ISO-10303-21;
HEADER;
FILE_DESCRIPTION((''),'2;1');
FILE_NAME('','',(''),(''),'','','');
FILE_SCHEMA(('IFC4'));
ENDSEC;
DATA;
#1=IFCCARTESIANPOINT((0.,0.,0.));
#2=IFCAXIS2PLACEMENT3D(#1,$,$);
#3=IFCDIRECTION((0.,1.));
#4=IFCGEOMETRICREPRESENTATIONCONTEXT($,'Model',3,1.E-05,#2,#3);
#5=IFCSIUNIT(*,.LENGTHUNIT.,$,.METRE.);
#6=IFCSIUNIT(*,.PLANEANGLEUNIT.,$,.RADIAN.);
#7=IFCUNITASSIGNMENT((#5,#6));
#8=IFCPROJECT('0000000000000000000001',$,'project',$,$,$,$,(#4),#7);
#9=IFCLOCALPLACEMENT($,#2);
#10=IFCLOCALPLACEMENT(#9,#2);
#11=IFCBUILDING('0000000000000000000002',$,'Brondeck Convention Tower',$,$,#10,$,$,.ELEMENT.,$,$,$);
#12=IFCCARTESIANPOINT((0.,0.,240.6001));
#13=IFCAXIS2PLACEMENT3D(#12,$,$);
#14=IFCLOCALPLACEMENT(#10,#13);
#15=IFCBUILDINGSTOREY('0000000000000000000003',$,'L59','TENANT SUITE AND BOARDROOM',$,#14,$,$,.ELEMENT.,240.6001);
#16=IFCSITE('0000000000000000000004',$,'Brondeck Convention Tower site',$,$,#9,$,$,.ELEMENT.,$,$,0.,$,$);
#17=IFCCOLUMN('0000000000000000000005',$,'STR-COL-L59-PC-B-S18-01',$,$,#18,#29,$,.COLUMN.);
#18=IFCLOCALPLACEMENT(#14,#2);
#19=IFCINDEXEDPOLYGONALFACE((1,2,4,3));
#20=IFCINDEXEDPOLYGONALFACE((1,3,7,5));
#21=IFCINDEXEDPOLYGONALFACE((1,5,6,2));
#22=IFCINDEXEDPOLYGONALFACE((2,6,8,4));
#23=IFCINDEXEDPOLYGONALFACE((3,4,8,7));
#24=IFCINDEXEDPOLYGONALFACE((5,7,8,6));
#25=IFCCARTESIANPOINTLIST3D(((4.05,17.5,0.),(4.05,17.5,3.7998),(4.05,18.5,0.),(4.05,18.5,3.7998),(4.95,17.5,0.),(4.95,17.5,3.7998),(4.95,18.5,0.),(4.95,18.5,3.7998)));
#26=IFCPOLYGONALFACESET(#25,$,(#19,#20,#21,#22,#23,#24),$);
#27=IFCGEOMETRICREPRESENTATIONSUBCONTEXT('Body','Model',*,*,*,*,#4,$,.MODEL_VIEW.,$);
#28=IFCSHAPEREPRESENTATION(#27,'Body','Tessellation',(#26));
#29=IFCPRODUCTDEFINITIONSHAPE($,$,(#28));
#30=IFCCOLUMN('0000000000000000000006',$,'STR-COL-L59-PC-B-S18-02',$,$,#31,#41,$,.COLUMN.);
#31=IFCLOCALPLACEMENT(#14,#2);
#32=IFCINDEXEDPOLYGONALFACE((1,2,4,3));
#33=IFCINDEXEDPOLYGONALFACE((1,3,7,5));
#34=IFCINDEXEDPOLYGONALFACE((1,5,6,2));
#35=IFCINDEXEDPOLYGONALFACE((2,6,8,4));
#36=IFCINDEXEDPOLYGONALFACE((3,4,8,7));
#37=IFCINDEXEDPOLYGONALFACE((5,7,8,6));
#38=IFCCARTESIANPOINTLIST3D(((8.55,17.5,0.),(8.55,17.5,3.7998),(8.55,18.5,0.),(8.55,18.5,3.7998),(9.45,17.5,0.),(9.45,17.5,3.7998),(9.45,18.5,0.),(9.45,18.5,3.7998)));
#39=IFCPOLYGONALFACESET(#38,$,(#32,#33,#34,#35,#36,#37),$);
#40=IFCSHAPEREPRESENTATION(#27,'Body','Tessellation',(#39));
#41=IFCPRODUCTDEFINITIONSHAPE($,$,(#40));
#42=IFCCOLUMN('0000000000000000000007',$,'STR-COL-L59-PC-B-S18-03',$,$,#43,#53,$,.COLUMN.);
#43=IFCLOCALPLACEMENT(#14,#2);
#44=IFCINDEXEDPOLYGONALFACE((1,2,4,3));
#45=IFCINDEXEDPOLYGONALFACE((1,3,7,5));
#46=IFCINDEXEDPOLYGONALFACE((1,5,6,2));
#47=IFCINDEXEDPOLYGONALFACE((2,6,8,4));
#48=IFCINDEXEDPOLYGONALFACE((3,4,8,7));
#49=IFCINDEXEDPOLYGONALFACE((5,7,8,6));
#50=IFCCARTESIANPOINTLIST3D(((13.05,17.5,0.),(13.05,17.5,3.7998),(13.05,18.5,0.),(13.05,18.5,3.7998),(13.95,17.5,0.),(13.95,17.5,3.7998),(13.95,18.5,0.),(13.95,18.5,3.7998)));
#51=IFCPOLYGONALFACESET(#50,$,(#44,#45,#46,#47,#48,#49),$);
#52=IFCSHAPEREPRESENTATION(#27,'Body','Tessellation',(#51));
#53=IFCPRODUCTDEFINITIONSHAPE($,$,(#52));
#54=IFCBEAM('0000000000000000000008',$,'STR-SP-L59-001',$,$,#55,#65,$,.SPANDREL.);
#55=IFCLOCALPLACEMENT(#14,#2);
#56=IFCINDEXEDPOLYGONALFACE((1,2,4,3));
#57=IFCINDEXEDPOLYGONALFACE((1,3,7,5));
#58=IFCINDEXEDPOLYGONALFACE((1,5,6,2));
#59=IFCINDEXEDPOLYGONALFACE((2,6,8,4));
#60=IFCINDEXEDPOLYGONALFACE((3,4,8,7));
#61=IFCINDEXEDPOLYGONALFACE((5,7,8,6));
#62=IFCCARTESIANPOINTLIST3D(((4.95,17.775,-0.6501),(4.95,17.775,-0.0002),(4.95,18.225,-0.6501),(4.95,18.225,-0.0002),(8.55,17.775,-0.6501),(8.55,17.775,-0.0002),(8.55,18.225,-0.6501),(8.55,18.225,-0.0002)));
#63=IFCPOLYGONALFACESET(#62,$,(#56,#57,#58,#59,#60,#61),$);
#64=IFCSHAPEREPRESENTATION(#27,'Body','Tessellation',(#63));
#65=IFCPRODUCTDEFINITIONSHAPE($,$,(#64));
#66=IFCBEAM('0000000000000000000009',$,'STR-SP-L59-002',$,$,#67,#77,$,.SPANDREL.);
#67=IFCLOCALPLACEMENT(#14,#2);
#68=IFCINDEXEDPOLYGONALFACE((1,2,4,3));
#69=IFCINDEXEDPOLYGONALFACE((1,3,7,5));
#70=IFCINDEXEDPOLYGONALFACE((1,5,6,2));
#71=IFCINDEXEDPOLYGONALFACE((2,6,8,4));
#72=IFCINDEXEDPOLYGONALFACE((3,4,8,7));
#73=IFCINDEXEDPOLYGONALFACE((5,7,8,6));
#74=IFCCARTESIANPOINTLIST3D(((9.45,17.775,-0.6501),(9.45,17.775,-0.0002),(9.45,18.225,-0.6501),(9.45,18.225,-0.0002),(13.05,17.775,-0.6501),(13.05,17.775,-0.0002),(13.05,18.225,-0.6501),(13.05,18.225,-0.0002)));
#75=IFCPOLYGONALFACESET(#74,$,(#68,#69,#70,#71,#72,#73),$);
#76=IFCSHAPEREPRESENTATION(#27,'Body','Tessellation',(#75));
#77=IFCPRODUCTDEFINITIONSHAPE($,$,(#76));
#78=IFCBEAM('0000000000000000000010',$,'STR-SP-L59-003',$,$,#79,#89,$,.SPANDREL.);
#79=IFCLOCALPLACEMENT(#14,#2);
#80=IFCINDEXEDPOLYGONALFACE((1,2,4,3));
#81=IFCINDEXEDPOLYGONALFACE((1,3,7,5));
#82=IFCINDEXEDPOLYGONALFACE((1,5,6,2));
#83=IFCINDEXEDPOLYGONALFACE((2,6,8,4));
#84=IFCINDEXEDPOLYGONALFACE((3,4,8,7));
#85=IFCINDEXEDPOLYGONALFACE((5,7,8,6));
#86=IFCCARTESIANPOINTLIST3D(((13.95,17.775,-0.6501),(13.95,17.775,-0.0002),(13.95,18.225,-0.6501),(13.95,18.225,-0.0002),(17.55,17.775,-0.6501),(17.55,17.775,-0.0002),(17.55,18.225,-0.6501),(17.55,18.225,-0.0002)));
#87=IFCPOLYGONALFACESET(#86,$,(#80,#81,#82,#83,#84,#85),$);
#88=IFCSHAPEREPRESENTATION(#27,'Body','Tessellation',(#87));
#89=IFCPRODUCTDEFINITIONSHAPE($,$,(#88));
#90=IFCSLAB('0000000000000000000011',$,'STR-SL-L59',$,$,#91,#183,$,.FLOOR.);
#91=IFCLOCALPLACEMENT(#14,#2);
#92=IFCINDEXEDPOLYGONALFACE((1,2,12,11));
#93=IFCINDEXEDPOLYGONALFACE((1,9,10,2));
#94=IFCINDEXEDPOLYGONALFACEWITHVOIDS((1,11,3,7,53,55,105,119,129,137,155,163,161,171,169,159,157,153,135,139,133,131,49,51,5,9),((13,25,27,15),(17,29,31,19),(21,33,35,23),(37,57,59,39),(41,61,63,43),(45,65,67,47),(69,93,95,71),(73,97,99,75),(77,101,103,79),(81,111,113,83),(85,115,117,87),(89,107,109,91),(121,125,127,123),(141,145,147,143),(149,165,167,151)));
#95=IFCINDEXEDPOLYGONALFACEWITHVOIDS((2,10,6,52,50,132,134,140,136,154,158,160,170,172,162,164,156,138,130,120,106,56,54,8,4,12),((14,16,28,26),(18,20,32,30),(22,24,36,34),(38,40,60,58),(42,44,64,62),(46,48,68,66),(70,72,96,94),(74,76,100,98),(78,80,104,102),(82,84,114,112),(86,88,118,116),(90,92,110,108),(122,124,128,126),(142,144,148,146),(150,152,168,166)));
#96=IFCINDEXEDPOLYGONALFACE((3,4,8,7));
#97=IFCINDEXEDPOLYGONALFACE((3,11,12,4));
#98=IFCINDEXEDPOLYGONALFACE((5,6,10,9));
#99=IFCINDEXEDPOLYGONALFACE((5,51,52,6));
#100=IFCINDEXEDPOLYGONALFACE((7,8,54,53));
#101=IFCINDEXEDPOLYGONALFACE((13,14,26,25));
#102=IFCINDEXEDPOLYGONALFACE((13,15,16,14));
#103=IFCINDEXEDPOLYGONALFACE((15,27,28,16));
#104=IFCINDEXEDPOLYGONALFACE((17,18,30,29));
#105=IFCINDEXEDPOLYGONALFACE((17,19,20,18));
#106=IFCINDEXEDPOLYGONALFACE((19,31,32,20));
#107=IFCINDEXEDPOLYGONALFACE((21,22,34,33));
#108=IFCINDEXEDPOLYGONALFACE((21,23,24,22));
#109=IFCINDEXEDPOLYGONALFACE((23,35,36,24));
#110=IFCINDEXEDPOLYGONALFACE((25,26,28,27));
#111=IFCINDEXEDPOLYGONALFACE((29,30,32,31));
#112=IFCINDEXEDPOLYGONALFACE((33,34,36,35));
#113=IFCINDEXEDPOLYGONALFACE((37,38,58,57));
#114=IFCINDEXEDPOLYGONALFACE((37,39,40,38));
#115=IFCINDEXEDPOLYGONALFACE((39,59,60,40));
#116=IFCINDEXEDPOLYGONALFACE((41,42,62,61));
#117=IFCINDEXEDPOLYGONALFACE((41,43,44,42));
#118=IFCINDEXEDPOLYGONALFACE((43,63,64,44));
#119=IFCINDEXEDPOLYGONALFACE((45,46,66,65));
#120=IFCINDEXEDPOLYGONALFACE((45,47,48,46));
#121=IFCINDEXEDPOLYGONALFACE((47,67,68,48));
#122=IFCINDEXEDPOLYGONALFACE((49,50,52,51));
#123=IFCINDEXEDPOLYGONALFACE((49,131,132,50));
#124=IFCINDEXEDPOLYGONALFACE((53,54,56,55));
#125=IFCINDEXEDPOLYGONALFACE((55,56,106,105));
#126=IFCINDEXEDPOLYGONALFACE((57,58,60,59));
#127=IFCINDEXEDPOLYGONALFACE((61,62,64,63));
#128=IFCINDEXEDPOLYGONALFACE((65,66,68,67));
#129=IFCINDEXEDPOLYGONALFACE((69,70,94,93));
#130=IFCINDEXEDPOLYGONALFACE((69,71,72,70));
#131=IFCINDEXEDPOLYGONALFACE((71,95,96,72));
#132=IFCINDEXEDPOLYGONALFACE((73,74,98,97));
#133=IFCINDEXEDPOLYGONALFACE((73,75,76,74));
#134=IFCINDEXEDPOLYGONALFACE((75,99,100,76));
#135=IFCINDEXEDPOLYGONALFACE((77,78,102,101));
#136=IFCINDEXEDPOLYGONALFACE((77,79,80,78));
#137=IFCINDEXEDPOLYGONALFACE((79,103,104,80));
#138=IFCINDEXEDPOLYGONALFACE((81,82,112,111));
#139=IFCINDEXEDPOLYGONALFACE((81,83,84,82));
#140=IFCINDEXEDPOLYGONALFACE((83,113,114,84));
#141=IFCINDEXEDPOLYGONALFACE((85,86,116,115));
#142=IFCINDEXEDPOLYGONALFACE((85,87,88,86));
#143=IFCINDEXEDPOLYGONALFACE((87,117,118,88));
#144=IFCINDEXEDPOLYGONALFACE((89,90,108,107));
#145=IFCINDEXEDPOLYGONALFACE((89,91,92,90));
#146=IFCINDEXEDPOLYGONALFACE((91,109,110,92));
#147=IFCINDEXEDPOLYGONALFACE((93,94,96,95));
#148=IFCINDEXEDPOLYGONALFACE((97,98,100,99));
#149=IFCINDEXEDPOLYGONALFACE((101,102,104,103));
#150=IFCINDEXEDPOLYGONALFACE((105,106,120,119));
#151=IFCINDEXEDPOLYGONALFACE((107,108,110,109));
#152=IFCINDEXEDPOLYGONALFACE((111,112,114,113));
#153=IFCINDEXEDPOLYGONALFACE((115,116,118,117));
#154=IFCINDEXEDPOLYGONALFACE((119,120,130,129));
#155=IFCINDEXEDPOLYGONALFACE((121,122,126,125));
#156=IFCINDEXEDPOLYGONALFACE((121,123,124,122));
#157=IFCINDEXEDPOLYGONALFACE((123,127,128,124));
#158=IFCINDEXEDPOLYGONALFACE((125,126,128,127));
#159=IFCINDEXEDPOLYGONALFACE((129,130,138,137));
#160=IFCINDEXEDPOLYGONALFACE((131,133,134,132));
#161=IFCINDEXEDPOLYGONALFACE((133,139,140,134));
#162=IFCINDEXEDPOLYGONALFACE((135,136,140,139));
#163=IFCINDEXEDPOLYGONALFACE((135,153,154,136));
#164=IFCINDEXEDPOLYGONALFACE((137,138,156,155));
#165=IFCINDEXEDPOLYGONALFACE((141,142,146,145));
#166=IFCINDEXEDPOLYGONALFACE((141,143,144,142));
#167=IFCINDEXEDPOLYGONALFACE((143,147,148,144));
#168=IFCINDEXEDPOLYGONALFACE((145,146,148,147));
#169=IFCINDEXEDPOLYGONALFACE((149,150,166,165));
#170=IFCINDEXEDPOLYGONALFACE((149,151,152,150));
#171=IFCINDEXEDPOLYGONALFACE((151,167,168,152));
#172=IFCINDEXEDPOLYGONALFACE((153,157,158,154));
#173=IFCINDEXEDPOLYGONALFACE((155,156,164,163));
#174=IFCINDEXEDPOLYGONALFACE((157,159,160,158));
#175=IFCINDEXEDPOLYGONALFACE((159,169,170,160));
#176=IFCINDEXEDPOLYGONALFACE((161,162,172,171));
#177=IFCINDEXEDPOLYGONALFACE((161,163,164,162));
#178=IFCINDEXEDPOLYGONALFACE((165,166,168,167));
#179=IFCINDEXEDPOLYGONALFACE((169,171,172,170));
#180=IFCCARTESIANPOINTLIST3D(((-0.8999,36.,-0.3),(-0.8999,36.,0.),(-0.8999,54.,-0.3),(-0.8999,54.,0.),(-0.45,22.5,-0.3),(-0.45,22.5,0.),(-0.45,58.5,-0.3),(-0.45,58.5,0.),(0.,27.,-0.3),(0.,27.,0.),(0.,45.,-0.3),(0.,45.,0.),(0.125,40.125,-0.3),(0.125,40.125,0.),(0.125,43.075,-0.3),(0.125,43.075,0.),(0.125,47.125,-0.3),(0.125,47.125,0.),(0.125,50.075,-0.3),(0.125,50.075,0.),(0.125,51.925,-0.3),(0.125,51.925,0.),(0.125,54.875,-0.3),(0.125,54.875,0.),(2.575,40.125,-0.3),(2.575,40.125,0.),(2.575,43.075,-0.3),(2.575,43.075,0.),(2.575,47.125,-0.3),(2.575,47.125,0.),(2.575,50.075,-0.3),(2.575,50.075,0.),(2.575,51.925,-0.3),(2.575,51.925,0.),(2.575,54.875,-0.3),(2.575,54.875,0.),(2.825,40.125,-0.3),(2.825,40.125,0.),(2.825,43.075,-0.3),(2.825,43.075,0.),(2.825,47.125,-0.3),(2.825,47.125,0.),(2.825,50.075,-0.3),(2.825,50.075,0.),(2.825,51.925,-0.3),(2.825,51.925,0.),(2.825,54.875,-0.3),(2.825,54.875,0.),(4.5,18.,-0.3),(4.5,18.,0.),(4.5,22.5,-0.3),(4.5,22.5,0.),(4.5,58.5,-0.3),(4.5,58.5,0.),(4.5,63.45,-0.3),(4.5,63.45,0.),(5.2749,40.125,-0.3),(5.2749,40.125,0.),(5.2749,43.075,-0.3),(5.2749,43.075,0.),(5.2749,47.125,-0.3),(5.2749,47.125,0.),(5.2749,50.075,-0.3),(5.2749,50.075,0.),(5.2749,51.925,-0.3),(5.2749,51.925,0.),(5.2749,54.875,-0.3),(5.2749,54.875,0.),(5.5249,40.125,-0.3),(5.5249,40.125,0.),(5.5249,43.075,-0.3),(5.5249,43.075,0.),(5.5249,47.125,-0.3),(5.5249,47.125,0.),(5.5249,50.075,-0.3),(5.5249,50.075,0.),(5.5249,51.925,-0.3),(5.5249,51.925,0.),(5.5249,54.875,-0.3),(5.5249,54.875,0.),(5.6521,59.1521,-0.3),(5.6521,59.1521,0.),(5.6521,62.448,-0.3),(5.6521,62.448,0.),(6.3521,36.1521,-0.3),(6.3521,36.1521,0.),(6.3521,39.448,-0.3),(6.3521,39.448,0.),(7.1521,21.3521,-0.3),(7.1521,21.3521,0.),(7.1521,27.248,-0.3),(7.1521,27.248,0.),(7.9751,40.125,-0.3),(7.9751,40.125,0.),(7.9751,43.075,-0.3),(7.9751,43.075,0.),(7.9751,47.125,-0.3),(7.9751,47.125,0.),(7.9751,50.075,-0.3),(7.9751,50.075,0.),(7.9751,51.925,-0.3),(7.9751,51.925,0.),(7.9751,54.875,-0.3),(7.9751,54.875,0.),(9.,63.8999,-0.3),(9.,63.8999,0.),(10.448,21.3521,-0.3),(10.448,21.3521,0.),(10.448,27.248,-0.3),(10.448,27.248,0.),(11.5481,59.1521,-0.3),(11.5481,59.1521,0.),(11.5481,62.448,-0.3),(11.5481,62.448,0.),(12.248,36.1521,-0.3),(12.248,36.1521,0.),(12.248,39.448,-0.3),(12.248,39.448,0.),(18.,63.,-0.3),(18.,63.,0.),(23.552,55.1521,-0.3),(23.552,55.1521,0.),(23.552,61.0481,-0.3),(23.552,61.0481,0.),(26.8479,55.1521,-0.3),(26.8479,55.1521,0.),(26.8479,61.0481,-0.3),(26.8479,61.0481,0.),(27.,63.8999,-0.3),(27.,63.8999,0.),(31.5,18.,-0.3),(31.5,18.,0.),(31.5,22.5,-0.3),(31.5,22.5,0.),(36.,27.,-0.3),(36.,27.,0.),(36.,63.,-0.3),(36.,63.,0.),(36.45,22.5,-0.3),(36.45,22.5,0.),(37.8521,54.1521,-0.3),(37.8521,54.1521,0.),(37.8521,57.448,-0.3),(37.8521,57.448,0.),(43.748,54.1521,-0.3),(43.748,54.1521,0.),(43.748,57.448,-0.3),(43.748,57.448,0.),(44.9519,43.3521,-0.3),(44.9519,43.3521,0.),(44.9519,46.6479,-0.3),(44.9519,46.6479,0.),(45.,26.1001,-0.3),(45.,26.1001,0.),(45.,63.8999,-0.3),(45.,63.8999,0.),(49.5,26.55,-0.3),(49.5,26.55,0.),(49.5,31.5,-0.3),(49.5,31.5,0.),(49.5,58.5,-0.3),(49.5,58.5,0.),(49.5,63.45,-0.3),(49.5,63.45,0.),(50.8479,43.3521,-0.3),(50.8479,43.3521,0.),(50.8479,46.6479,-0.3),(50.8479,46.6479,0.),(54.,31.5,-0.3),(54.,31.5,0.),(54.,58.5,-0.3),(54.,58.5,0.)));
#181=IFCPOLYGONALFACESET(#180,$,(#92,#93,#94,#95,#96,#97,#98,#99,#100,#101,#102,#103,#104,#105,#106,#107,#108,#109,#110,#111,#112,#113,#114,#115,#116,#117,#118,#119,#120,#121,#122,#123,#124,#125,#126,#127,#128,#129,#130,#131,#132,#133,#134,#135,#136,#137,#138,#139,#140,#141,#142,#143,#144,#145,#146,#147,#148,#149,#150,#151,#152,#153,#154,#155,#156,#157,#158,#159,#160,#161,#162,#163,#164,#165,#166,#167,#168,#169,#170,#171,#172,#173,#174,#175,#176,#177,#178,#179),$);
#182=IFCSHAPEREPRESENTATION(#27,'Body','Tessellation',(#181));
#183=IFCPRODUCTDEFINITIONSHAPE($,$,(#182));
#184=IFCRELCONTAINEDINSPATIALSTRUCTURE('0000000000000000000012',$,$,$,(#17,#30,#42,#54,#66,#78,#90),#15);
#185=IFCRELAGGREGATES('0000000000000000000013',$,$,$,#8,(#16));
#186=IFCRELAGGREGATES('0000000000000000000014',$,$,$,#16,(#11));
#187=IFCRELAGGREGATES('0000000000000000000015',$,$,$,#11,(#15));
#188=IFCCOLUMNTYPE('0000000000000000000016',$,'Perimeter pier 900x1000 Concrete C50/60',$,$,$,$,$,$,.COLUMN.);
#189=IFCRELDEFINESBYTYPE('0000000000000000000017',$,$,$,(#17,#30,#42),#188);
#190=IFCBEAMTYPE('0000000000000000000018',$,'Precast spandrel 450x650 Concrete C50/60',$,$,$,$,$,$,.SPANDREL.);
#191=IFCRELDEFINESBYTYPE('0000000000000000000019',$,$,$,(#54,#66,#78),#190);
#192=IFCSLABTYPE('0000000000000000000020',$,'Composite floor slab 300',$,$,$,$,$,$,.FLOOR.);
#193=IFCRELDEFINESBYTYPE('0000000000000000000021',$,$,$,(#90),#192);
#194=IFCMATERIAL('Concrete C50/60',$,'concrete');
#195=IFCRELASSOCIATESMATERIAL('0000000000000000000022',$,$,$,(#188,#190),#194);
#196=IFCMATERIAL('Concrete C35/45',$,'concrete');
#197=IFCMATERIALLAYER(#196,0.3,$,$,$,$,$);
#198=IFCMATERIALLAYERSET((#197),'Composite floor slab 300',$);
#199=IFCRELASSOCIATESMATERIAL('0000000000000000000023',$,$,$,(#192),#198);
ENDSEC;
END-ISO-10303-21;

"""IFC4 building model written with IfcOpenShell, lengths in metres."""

from ifc_helpers import new_model, si_unit, direction, frame, origin, origin_2d, place, context, subcontext, project, spatial, polyline, rectangle, outline, extrude, material, layer, layer_set, material_profile, profile_set, type_object, element, save


model = new_model("IFC4")

# Units and contexts
model_context = context("Model", 3, precision=1e-05, world=origin(), true_north=direction((0.0, 1.0)))
body_context = subcontext(model_context, "Body", "Model", "MODEL_VIEW")
ifc_project = project(units=[si_unit("LENGTHUNIT", "METRE"), si_unit("PLANEANGLEUNIT", "RADIAN")], contexts=[model_context])

# Site, building, storey
site_placement = place(None, origin())
site = spatial("IfcSite", under=ifc_project, at=site_placement, Name="Brondeck Convention Tower site", CompositionType="ELEMENT", RefElevation=0.0)
building_placement = place(site_placement, origin())
building = spatial("IfcBuilding", under=site, at=building_placement, Name="Brondeck Convention Tower", CompositionType="ELEMENT")
storey_placement = place(building_placement, frame((0.0, 0.0, 240.6001)))
storey = spatial("IfcBuildingStorey", under=building, at=storey_placement, Name="L59", Description="TENANT SUITE AND BOARDROOM", CompositionType="ELEMENT", Elevation=240.6001)

# Columns
ifc_material_1 = material(Name="Concrete C50/60", Category="concrete")
ifc_material_profile_1 = material_profile(ifc_material_1, rectangle(XDim=0.8999, YDim=1.0, at=origin_2d()), Name="Perimeter pier 900x1000 Concrete C50/60")
ifc_profile_set_1 = profile_set([ifc_material_profile_1], Name="Concrete C50/60")
column_type = type_object("IfcColumnType", Name="Perimeter pier 900x1000 Concrete C50/60", PredefinedType="COLUMN", material=ifc_profile_set_1)
for number, where, z_axis, x_axis, name in (
    (1, (4.5, 18.0, 0.0), (0.0, 0.0, 1.0), (1.0, 0.0, 0.0), "STR-COL-L59-PC-B-S18-01"),
    (2, (9.0, 18.0, 0.0), (0.0, 0.0, 1.0), (1.0, 0.0, 0.0), "STR-COL-L59-PC-B-S18-02"),
    (3, (13.5, 18.0, 0.0), (0.0, 0.0, 1.0), (1.0, 0.0, 0.0), "STR-COL-L59-PC-B-S18-03"),
):
    element("IfcColumn", number, at=place(storey_placement, frame(where, z_axis=z_axis, x_axis=x_axis)), inside=storey, type_object=column_type, Name=name, PredefinedType="COLUMN", context=body_context, shape_type="SweptSolid", body=[
        extrude(rectangle(XDim=0.8999, YDim=1.0, at=origin_2d()), origin(), (0.0, 0.0, 1.0), 3.7998),
    ])

# Beams
ifc_material_profile_2 = material_profile(ifc_material_1, rectangle(XDim=0.45, YDim=0.6499, at=origin_2d()), Name="Precast spandrel 450x650 Concrete C50/60")
ifc_profile_set_2 = profile_set([ifc_material_profile_2], Name="Concrete C50/60")
beam_type = type_object("IfcBeamType", Name="Precast spandrel 450x650 Concrete C50/60", PredefinedType="SPANDREL", material=ifc_profile_set_2)
for number, where, z_axis, x_axis, name in (
    (4, (4.95, 18.0, -0.3252), (1.0, 0.0, 0.0), (0.0, 1.0, 0.0), "STR-SP-L59-001"),
    (5, (9.45, 18.0, -0.3252), (1.0, 0.0, 0.0), (0.0, 1.0, 0.0), "STR-SP-L59-002"),
    (6, (13.95, 18.0, -0.3252), (1.0, 0.0, 0.0), (0.0, 1.0, 0.0), "STR-SP-L59-003"),
):
    element("IfcBeam", number, at=place(storey_placement, frame(where, z_axis=z_axis, x_axis=x_axis)), inside=storey, type_object=beam_type, Name=name, PredefinedType="SPANDREL", context=body_context, shape_type="SweptSolid", body=[
        extrude(rectangle(XDim=0.45, YDim=0.6499, at=origin_2d()), origin(), (0.0, 0.0, 1.0), 3.6001),
    ])

# Slab
ifc_material_2 = material(Name="Concrete C35/45", Category="concrete")
ifc_layer_1 = layer(ifc_material_2, 0.3)
ifc_layer_set_1 = layer_set([ifc_layer_1], Name="Composite floor slab 300")
slab_type_1 = type_object("IfcSlabType", Name="Composite floor slab 300", PredefinedType="FLOOR", material=ifc_layer_set_1)
slab_1_placement = place(storey_placement, frame((0.0, 0.0, -0.3)))
element("IfcSlab", 7, at=slab_1_placement, inside=storey, type_object=slab_type_1, Name="STR-SL-L59", PredefinedType="FLOOR", context=body_context, shape_type="SweptSolid", body=[
    extrude(outline(polyline([(4.5, 22.5), (-0.45, 22.5), (0.0, 27.0), (-0.8999, 36.0), (0.0, 45.0), (-0.8999, 54.0), (-0.45, 58.5), (4.5, 58.5), (4.5, 63.45), (9.0, 63.8999), (18.0, 63.0), (27.0, 63.8999), (36.0, 63.0), (45.0, 63.8999), (49.5, 63.45), (49.5, 58.5), (54.0, 58.5), (54.0, 31.5), (49.5, 31.5), (49.5, 26.55), (45.0, 26.1001), (36.0, 27.0), (36.45, 22.5), (31.5, 22.5), (31.5, 18.0), (4.5, 18.0), (4.5, 22.5)]), holes=[polyline([(2.575, 43.075), (0.125, 43.075), (0.125, 40.125), (2.575, 40.125), (2.575, 43.075)]), polyline([(5.2749, 40.125), (5.2749, 43.075), (2.825, 43.075), (2.825, 40.125), (5.2749, 40.125)]), polyline([(7.9751, 40.125), (7.9751, 43.075), (5.5249, 43.075), (5.5249, 40.125), (7.9751, 40.125)]), polyline([(2.575, 47.125), (2.575, 50.075), (0.125, 50.075), (0.125, 47.125), (2.575, 47.125)]), polyline([(5.2749, 47.125), (5.2749, 50.075), (2.825, 50.075), (2.825, 47.125), (5.2749, 47.125)]), polyline([(7.9751, 47.125), (7.9751, 50.075), (5.5249, 50.075), (5.5249, 47.125), (7.9751, 47.125)]), polyline([(2.575, 51.925), (2.575, 54.875), (0.125, 54.875), (0.125, 51.925), (2.575, 51.925)]), polyline([(5.2749, 51.925), (5.2749, 54.875), (2.825, 54.875), (2.825, 51.925), (5.2749, 51.925)]), polyline([(10.448, 27.248), (7.1521, 27.248), (7.1521, 21.3521), (10.448, 21.3521), (10.448, 27.248)]), polyline([(12.248, 36.1521), (12.248, 39.448), (6.3521, 39.448), (6.3521, 36.1521), (12.248, 36.1521)]), polyline([(50.8479, 43.3521), (50.8479, 46.6479), (44.9519, 46.6479), (44.9519, 43.3521), (50.8479, 43.3521)]), polyline([(7.9751, 51.925), (7.9751, 54.875), (5.5249, 54.875), (5.5249, 51.925), (7.9751, 51.925)]), polyline([(43.748, 54.1521), (43.748, 57.448), (37.8521, 57.448), (37.8521, 54.1521), (43.748, 54.1521)]), polyline([(23.552, 55.1521), (26.8479, 55.1521), (26.8479, 61.0481), (23.552, 61.0481), (23.552, 55.1521)]), polyline([(5.6521, 62.448), (5.6521, 59.1521), (11.5481, 59.1521), (11.5481, 62.448), (5.6521, 62.448)])]), origin(), (0.0, 0.0, 1.0), 0.3),
])

save(model, "model.ifc")
